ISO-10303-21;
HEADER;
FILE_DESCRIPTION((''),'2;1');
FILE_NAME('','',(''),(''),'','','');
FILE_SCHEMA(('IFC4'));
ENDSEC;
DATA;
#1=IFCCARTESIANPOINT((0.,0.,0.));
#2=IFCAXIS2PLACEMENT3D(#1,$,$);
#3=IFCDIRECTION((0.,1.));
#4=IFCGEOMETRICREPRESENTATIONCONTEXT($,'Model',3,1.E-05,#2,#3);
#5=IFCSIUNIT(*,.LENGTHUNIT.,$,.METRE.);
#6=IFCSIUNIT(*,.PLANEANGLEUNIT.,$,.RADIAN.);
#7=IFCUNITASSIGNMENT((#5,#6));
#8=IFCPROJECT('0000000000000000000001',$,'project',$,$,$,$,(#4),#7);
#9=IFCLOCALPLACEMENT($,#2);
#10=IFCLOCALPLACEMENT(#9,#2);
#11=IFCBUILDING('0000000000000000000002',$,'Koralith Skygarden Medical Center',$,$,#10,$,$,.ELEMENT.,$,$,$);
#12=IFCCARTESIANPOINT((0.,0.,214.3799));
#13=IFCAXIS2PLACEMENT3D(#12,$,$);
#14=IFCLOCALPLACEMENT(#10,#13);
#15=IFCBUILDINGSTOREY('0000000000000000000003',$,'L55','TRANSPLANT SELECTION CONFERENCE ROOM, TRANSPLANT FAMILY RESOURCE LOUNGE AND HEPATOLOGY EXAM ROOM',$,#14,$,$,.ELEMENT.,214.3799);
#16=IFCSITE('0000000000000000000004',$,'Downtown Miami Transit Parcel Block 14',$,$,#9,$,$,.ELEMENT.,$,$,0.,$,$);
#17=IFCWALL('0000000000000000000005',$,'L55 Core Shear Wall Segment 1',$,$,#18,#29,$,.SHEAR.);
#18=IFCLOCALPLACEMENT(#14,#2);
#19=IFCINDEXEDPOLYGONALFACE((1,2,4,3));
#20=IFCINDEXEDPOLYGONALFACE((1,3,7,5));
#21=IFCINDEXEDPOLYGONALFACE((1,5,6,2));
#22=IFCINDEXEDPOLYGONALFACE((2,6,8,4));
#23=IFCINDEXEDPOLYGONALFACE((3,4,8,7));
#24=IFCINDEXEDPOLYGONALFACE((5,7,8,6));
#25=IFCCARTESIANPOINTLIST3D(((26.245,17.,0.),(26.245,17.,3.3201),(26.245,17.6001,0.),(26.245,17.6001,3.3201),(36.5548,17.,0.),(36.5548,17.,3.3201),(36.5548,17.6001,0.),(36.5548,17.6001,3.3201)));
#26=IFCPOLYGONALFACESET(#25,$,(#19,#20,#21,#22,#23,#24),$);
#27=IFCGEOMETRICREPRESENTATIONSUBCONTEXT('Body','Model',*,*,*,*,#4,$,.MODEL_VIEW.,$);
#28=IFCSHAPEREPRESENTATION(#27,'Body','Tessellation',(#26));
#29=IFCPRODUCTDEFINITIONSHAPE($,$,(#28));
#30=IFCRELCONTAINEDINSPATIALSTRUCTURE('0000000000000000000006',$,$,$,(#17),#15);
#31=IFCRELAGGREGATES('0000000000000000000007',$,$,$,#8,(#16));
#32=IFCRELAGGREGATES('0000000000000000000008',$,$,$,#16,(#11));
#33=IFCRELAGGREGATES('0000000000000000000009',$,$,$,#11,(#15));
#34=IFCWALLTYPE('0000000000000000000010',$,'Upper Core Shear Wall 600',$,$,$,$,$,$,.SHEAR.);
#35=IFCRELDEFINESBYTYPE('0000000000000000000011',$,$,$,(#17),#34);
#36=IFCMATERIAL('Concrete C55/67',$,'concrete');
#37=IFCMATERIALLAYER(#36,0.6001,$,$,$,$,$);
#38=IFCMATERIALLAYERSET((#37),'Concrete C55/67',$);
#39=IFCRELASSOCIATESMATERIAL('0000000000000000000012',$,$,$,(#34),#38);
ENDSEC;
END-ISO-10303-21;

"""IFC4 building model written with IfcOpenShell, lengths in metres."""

from ifc_helpers import new_model, si_unit, direction, frame, frame_2d, origin, place, context, subcontext, project, spatial, rectangle, extrude, material, layer, layer_set, type_object, element, save


model = new_model("IFC4")

# Units and contexts
model_context = context("Model", 3, precision=1e-05, world=origin(), true_north=direction((0.0, 1.0)))
body_context = subcontext(model_context, "Body", "Model", "MODEL_VIEW")
ifc_project = project(units=[si_unit("LENGTHUNIT", "METRE"), si_unit("PLANEANGLEUNIT", "RADIAN")], contexts=[model_context])

# Site, building, storey
site_placement = place(None, origin())
site = spatial("IfcSite", under=ifc_project, at=site_placement, Name="Downtown Miami Transit Parcel Block 14", CompositionType="ELEMENT", RefElevation=0.0)
building_placement = place(site_placement, origin())
building = spatial("IfcBuilding", under=site, at=building_placement, Name="Koralith Skygarden Medical Center", CompositionType="ELEMENT")
storey_placement = place(building_placement, frame((0.0, 0.0, 214.3799)))
storey = spatial("IfcBuildingStorey", under=building, at=storey_placement, Name="L55", Description="TRANSPLANT SELECTION CONFERENCE ROOM, TRANSPLANT FAMILY RESOURCE LOUNGE AND HEPATOLOGY EXAM ROOM", CompositionType="ELEMENT", Elevation=214.3799)

# Shared definitions
ifc_material_1 = material(Name="Concrete C55/67", Category="concrete")

# Wall
ifc_layer_1 = layer(ifc_material_1, 0.6001)
ifc_layer_set_1 = layer_set([ifc_layer_1], Name="Concrete C55/67")
wall_type_1 = type_object("IfcWallType", Name="Upper Core Shear Wall 600", PredefinedType="SHEAR", material=ifc_layer_set_1)
wall_1_placement = place(storey_placement, frame((26.2451, 17.3, 0.0), z_axis=(0.0, 0.0, 1.0), x_axis=(1.0, 0.0, 0.0)))
element("IfcWall", 1, at=wall_1_placement, inside=storey, type_object=wall_type_1, Name="L55 Core Shear Wall Segment 1", PredefinedType="SHEAR", context=body_context, shape_type="SweptSolid", body=[
    extrude(rectangle(XDim=10.3098, YDim=0.6001, at=frame_2d((5.1548, 0.0))), origin(), (0.0, 0.0, 1.0), 3.3201),
])

save(model, "model.ifc")
